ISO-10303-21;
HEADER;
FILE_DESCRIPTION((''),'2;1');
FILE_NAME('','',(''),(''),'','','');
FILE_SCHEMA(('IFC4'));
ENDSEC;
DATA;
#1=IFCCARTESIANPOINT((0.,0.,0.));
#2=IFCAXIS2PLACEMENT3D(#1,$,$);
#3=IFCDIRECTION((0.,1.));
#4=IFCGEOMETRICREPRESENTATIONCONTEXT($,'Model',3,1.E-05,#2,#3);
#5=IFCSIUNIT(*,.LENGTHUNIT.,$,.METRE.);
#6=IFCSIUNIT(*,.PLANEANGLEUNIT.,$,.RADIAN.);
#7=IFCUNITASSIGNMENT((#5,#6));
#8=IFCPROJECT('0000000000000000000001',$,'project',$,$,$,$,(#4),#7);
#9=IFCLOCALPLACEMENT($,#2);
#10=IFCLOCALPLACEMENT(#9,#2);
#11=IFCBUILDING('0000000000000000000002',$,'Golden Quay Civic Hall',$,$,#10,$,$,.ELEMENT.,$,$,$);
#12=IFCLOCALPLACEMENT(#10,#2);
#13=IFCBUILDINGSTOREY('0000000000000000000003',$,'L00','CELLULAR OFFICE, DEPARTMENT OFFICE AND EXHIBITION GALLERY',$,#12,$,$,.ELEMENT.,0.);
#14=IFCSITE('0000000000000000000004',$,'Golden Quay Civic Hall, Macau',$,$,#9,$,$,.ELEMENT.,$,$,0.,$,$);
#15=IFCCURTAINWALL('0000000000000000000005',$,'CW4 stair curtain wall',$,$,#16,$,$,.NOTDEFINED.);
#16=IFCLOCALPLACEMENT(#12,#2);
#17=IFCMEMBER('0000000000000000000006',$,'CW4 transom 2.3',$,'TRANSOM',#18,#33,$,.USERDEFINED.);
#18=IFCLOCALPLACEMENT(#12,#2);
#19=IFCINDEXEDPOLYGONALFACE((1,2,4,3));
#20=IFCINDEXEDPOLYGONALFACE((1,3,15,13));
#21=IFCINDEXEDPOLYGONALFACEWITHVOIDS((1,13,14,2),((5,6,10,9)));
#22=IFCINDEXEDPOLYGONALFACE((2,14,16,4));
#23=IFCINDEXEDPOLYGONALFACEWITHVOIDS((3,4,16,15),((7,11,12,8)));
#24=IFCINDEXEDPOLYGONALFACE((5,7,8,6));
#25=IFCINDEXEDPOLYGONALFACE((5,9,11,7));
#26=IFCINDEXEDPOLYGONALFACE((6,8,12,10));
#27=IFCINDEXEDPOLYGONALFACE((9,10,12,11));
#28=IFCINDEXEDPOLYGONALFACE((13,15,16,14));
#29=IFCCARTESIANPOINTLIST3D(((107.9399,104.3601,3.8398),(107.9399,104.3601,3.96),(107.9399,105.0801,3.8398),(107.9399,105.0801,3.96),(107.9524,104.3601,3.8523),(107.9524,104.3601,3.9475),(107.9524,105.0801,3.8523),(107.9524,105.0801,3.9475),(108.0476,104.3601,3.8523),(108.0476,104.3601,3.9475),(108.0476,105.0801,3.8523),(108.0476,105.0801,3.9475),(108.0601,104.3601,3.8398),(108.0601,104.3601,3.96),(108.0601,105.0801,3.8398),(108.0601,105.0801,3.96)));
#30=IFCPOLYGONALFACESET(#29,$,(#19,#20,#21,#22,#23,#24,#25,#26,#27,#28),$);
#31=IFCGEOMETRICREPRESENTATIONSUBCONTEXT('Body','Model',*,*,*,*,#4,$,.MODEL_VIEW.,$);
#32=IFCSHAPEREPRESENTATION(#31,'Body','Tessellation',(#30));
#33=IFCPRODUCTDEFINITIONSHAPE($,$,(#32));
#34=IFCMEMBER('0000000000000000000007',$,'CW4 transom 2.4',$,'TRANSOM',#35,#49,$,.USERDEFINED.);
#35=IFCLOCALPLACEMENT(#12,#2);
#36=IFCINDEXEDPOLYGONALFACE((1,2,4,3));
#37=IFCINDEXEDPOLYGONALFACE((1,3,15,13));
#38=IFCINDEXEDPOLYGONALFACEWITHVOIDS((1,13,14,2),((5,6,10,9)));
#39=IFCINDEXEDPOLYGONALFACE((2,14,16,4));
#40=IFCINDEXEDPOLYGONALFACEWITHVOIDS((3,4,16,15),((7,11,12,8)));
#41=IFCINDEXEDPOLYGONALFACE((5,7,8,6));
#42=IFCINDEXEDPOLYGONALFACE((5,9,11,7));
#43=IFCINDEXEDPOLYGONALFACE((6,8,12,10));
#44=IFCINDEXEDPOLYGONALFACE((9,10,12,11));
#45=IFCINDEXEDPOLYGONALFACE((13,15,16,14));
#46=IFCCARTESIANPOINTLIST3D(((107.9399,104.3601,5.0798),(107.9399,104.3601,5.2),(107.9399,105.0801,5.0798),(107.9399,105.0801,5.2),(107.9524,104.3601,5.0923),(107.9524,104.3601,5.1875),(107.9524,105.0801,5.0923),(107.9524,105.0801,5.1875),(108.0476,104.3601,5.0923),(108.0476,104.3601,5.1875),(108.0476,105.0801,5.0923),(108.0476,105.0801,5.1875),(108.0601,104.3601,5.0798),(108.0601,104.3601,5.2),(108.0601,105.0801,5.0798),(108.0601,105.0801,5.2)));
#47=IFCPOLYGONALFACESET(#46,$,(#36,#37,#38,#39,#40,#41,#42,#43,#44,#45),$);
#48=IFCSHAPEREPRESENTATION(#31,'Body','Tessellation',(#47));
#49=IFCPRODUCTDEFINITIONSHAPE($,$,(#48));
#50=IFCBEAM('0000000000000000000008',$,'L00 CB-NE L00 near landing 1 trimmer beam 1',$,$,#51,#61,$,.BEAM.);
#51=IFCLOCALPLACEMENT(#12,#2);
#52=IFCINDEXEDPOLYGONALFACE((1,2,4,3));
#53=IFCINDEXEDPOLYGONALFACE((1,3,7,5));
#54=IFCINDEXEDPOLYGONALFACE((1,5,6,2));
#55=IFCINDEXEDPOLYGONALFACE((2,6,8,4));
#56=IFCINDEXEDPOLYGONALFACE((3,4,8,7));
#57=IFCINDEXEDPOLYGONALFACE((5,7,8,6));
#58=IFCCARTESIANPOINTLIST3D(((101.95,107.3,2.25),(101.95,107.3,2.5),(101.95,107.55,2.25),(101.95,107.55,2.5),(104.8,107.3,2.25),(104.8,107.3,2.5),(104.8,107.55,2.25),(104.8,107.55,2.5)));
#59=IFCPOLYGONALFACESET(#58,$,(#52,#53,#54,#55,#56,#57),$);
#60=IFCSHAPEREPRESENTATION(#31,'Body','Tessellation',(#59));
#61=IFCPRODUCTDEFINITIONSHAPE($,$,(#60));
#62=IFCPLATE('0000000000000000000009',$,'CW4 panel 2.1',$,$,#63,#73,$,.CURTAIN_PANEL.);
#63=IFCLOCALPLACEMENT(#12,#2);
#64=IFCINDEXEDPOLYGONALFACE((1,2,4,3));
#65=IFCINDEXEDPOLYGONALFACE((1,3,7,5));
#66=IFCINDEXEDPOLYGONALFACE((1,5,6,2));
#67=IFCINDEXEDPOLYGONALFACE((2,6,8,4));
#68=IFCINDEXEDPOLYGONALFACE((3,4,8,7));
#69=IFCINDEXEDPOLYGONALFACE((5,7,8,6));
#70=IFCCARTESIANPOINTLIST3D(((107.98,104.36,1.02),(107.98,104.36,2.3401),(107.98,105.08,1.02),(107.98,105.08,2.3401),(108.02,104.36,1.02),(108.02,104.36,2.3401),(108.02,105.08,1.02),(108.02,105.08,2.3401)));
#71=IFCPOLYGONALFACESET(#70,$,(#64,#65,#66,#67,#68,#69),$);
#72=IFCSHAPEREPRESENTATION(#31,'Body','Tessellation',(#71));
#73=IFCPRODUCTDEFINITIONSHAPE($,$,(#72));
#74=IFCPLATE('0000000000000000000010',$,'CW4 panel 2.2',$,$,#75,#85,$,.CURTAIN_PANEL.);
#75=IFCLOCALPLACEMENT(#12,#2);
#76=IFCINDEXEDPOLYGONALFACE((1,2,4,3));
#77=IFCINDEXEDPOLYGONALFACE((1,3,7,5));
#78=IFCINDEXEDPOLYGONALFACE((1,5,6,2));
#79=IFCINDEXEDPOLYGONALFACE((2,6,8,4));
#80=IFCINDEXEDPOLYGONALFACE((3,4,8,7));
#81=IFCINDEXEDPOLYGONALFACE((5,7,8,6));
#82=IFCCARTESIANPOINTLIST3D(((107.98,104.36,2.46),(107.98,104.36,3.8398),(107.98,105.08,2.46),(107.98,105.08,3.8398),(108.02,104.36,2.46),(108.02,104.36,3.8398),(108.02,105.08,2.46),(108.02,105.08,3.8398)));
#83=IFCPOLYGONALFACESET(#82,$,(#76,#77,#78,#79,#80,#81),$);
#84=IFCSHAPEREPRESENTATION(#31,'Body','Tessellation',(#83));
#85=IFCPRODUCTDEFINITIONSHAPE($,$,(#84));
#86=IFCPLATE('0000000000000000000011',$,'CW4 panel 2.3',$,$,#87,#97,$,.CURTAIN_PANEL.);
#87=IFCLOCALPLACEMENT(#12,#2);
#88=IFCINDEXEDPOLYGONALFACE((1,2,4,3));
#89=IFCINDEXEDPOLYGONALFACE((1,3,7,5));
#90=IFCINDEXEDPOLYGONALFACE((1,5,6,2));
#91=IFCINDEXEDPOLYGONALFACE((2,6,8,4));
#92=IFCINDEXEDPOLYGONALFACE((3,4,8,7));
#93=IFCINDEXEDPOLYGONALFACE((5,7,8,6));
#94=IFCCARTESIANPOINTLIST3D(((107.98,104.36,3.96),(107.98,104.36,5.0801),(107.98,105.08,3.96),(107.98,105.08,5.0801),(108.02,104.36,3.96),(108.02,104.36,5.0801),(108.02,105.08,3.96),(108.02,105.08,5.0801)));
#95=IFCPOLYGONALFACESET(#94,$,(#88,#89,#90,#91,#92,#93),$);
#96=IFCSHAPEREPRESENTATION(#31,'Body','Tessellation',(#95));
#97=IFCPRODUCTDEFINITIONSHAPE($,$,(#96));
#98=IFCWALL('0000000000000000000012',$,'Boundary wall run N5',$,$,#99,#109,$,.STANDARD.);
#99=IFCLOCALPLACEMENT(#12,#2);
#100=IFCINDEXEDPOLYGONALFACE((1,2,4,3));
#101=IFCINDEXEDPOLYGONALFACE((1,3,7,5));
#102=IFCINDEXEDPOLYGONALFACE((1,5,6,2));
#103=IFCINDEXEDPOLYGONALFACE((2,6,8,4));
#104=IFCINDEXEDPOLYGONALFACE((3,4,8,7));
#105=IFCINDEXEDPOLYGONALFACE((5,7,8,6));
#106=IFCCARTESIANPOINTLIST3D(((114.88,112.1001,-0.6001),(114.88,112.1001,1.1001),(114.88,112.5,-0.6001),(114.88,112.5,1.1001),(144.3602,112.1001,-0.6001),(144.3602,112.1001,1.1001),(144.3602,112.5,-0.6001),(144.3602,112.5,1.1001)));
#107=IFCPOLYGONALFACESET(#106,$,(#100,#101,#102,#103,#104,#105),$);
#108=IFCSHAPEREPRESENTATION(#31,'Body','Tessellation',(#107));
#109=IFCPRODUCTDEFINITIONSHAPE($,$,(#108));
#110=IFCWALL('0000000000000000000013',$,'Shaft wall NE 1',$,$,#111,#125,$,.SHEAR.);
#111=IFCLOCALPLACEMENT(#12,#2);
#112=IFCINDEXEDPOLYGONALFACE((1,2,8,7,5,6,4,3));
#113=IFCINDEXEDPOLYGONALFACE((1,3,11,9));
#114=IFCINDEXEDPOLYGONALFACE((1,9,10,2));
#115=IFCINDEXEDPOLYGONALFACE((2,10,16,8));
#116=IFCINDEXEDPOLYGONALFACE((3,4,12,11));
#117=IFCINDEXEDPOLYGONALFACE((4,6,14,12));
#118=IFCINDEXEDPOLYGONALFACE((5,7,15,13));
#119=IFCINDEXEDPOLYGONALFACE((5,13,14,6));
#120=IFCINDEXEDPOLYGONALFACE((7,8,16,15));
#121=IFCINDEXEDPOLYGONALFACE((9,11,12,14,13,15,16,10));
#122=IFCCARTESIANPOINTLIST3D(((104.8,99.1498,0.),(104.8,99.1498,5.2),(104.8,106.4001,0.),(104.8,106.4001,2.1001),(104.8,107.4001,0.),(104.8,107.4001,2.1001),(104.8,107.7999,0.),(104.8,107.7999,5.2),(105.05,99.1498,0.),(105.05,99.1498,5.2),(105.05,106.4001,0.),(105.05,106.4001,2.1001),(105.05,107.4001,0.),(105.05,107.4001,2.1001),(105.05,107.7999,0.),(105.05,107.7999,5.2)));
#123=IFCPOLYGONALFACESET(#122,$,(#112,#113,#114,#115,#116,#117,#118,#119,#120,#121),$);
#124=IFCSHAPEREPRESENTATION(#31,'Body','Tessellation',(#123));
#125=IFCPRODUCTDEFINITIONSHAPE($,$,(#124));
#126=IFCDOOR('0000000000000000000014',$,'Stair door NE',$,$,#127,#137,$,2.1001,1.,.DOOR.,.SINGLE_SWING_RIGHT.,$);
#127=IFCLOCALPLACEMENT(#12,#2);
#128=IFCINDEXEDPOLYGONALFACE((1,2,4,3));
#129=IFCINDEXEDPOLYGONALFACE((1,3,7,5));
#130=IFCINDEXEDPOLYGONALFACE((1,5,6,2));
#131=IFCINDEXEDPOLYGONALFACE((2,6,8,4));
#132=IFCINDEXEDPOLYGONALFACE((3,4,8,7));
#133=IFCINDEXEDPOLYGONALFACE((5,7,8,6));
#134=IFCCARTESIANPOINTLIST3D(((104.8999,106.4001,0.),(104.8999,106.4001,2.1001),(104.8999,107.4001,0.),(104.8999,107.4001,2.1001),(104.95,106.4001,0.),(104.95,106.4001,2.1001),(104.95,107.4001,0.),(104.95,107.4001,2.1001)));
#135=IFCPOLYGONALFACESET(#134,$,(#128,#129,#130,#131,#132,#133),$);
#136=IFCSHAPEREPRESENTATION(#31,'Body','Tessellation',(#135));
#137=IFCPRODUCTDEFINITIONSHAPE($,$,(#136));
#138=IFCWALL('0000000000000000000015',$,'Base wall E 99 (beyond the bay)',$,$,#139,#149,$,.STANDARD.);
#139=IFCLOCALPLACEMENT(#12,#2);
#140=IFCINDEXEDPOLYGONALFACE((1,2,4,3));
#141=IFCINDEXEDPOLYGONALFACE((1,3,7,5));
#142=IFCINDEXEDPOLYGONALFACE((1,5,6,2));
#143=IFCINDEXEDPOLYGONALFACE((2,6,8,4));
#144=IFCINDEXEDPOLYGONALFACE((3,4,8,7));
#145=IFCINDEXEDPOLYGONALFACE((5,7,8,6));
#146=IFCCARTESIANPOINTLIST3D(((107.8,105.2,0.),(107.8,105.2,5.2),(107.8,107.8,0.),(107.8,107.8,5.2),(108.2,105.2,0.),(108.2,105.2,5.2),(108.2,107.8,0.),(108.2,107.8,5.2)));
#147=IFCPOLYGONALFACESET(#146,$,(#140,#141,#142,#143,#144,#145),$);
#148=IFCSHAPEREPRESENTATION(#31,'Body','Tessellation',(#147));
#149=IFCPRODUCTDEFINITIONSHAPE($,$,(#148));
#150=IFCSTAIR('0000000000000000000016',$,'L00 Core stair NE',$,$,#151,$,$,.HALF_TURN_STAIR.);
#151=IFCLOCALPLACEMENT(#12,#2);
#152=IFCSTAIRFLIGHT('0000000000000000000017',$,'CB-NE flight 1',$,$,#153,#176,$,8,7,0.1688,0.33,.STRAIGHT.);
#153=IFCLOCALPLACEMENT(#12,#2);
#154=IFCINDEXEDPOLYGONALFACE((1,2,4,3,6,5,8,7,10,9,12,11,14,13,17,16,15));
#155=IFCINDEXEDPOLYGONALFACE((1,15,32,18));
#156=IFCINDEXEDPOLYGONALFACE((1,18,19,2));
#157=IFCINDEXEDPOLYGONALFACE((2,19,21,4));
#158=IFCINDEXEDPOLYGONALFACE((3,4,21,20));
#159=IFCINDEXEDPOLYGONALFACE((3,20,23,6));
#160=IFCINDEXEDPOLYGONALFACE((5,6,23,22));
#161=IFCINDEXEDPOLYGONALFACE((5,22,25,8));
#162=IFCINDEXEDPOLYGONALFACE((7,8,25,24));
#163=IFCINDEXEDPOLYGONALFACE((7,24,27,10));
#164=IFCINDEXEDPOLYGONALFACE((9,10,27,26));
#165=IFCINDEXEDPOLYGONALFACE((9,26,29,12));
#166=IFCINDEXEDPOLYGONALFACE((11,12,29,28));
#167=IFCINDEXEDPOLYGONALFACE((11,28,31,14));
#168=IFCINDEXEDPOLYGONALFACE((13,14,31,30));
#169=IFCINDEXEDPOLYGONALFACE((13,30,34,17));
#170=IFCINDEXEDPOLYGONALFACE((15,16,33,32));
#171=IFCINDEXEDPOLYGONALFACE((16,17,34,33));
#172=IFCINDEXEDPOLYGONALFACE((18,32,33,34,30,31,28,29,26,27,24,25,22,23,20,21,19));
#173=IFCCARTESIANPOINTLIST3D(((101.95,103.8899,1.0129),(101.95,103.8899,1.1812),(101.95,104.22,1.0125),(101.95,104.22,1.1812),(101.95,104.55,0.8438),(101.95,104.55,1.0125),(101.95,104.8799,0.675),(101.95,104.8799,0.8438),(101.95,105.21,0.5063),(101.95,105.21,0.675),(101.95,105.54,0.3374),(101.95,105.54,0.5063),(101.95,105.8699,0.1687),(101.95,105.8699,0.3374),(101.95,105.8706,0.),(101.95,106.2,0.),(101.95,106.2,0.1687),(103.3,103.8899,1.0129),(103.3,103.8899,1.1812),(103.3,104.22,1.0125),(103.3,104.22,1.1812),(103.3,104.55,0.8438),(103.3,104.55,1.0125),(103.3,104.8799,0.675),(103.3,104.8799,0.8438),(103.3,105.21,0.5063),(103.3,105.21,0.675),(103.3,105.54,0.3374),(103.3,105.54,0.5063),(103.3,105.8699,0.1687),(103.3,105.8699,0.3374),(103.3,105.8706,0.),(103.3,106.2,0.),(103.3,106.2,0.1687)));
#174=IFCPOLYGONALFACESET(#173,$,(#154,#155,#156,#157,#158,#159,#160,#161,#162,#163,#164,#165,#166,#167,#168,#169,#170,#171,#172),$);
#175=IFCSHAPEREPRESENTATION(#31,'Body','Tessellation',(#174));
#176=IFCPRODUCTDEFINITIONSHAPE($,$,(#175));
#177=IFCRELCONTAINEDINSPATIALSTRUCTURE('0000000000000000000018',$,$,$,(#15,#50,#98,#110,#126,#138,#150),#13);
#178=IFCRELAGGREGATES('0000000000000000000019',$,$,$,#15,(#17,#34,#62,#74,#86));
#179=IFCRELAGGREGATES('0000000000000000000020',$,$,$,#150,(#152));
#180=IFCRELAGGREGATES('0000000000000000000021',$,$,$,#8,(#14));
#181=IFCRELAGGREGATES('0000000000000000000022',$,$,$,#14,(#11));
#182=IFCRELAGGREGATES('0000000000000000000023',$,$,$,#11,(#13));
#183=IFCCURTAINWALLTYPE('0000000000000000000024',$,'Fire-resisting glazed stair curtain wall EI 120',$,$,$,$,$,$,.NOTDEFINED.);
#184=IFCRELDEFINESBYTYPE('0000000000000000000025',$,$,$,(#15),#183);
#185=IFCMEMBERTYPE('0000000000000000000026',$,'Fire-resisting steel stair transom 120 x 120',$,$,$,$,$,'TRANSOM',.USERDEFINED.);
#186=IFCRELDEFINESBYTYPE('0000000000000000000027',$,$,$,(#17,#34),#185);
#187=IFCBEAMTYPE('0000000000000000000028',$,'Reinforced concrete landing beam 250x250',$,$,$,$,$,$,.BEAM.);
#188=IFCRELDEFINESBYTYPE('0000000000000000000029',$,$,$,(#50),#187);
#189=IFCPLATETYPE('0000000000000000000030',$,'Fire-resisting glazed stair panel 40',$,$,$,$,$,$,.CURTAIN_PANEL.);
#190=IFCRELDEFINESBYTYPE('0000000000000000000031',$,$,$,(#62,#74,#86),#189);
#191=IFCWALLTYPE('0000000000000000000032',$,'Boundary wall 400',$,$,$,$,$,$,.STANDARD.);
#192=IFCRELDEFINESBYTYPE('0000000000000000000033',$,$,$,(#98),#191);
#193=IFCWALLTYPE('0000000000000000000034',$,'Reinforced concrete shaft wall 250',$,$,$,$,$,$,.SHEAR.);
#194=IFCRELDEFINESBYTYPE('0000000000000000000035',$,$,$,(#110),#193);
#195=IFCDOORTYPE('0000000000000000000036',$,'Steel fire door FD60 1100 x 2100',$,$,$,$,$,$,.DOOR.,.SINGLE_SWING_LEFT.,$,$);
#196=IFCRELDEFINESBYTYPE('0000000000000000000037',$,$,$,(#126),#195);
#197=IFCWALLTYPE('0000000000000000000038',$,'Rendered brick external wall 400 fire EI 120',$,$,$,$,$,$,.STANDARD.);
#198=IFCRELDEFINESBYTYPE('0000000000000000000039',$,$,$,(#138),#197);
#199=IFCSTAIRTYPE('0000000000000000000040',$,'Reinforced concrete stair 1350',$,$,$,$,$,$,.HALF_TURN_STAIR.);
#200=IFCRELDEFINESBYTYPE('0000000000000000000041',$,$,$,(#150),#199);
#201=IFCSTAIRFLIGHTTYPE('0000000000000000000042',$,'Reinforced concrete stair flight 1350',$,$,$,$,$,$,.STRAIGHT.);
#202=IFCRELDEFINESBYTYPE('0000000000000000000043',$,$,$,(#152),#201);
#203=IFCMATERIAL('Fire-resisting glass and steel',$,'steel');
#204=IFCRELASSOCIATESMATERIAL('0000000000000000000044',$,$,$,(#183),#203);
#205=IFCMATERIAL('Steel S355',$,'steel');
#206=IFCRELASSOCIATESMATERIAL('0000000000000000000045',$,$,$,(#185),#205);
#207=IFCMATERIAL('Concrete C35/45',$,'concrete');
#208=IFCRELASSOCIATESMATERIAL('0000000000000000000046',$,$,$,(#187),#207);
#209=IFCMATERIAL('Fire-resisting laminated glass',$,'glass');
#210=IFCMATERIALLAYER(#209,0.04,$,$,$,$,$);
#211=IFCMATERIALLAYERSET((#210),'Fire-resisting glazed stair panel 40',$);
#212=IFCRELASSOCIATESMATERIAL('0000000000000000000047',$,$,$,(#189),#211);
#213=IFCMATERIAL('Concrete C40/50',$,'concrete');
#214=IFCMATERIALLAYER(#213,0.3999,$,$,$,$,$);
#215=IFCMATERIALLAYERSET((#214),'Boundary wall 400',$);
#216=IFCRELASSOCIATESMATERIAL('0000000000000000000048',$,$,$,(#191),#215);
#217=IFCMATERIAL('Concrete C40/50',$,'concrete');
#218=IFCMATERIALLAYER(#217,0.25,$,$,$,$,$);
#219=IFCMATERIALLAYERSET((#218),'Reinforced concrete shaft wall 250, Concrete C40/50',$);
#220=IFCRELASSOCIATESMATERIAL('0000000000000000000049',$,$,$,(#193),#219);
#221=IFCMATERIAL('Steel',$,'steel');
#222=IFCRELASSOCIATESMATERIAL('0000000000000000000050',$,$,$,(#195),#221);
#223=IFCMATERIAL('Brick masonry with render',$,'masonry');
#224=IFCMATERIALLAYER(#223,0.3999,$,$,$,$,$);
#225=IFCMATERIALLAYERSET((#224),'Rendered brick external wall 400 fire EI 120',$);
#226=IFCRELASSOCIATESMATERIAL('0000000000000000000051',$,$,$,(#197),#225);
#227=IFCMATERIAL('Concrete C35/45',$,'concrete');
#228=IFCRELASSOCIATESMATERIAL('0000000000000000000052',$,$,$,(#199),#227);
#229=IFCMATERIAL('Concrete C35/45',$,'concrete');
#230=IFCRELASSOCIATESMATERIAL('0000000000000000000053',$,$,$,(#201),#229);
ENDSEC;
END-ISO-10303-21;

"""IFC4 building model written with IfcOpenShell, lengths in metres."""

from ifc_helpers import new_model, si_unit, direction, frame, frame_2d, origin, origin_2d, place, context, subcontext, project, spatial, polyline, rectangle, hollow_rectangle, outline, extrude, material, layer, layer_set, material_profile, profile_set, type_object, element, fill, aggregate, save


model = new_model("IFC4")

# Units and contexts
model_context = context("Model", 3, precision=1e-05, world=origin(), true_north=direction((0.0, 1.0)))
body_context = subcontext(model_context, "Body", "Model", "MODEL_VIEW")
ifc_project = project(units=[si_unit("LENGTHUNIT", "METRE"), si_unit("PLANEANGLEUNIT", "RADIAN")], contexts=[model_context])

# Site, building, storey
site_placement = place(None, origin())
site = spatial("IfcSite", under=ifc_project, at=site_placement, Name="Golden Quay Civic Hall, Macau", CompositionType="ELEMENT", RefElevation=0.0)
building_placement = place(site_placement, origin())
building = spatial("IfcBuilding", under=site, at=building_placement, Name="Golden Quay Civic Hall", CompositionType="ELEMENT")
storey_placement = place(building_placement, origin())
storey = spatial("IfcBuildingStorey", under=building, at=storey_placement, Name="L00", Description="CELLULAR OFFICE, DEPARTMENT OFFICE AND EXHIBITION GALLERY", CompositionType="ELEMENT", Elevation=0.0)

# Curtain wall, members
ifc_material_1 = material(Name="Fire-resisting glass and steel", Category="steel")
curtain_wall_type = type_object("IfcCurtainWallType", Name="Fire-resisting glazed stair curtain wall EI 120", PredefinedType="NOTDEFINED", material=ifc_material_1)
curtain_wall_placement = place(storey_placement, origin())
curtain_wall = element("IfcCurtainWall", 1, at=curtain_wall_placement, inside=storey, type_object=curtain_wall_type, Name="CW4 stair curtain wall", PredefinedType="NOTDEFINED")
ifc_material_2 = material(Name="Steel S355", Category="steel")
ifc_material_profile_1 = material_profile(ifc_material_2, hollow_rectangle(XDim=0.1201, YDim=0.1201, WallThickness=0.0125, at=origin_2d()), Name="SHS 120x120x12.5")
ifc_profile_set_1 = profile_set([ifc_material_profile_1], Name="Steel S355")
member_type_1 = type_object("IfcMemberType", Name="Fire-resisting steel stair transom 120 x 120", ElementType="TRANSOM", PredefinedType="USERDEFINED", material=ifc_profile_set_1)
member_1_placement = place(storey_placement, frame((108.0, 104.3601, 3.8999), z_axis=(0.0, 1.0, 0.0), x_axis=(-1.0, 0.0, 0.0)))
member_1 = element("IfcMember", 2, at=member_1_placement, type_object=member_type_1, Name="CW4 transom 2.3", ObjectType="TRANSOM", PredefinedType="USERDEFINED", context=body_context, shape_type="SweptSolid", body=[
    extrude(hollow_rectangle(XDim=0.1201, YDim=0.1201, WallThickness=0.0125, at=origin_2d()), origin(), (0.0, 0.0, 1.0), 0.72),
])
member_2_placement = place(storey_placement, frame((108.0, 104.3601, 5.1399), z_axis=(0.0, 1.0, 0.0), x_axis=(-1.0, 0.0, 0.0)))
member_2 = element("IfcMember", 3, at=member_2_placement, type_object=member_type_1, Name="CW4 transom 2.4", ObjectType="TRANSOM", PredefinedType="USERDEFINED", context=body_context, shape_type="SweptSolid", body=[
    extrude(hollow_rectangle(XDim=0.1201, YDim=0.1201, WallThickness=0.0125, at=origin_2d()), origin(), (0.0, 0.0, 1.0), 0.72),
])

# Beam
ifc_material_3 = material(Name="Concrete C35/45", Category="concrete")
ifc_material_profile_2 = material_profile(ifc_material_3, rectangle(XDim=0.25, YDim=0.25, at=origin_2d()), Name="RC 250x250")
ifc_profile_set_2 = profile_set([ifc_material_profile_2], Name="Concrete C35/45")
beam_type = type_object("IfcBeamType", Name="Reinforced concrete landing beam 250x250", PredefinedType="BEAM", material=ifc_profile_set_2)
beam_placement = place(storey_placement, frame((101.95, 107.425, 2.375), z_axis=(1.0, 0.0, 0.0), x_axis=(0.0, 1.0, 0.0)))
element("IfcBeam", 4, at=beam_placement, inside=storey, type_object=beam_type, Name="L00 CB-NE L00 near landing 1 trimmer beam 1", PredefinedType="BEAM", context=body_context, shape_type="SweptSolid", body=[
    extrude(rectangle(XDim=0.25, YDim=0.25, at=origin_2d()), origin(), (0.0, 0.0, 1.0), 2.8501),
])

# Plates
ifc_material_4 = material(Name="Fire-resisting laminated glass", Category="glass")
ifc_layer_1 = layer(ifc_material_4, 0.04)
ifc_layer_set_1 = layer_set([ifc_layer_1], Name="Fire-resisting glazed stair panel 40")
plate_type = type_object("IfcPlateType", Name="Fire-resisting glazed stair panel 40", PredefinedType="CURTAIN_PANEL", material=ifc_layer_set_1)
plate_1_placement = place(storey_placement, frame((108.0, 104.72, 1.02), z_axis=(0.0, 0.0, 1.0), x_axis=(0.0, 1.0, 0.0)))
plate_1 = element("IfcPlate", 5, at=plate_1_placement, type_object=plate_type, Name="CW4 panel 2.1", PredefinedType="CURTAIN_PANEL", context=body_context, shape_type="SweptSolid", body=[
    extrude(rectangle(XDim=0.72, YDim=0.04, at=origin_2d()), origin(), (0.0, 0.0, 1.0), 1.3201),
])
plate_2_placement = place(storey_placement, frame((108.0, 104.72, 2.46), z_axis=(0.0, 0.0, 1.0), x_axis=(0.0, 1.0, 0.0)))
plate_2 = element("IfcPlate", 6, at=plate_2_placement, type_object=plate_type, Name="CW4 panel 2.2", PredefinedType="CURTAIN_PANEL", context=body_context, shape_type="SweptSolid", body=[
    extrude(rectangle(XDim=0.72, YDim=0.04, at=origin_2d()), origin(), (0.0, 0.0, 1.0), 1.3799),
])
plate_3_placement = place(storey_placement, frame((108.0, 104.72, 3.96), z_axis=(0.0, 0.0, 1.0), x_axis=(0.0, 1.0, 0.0)))
plate_3 = element("IfcPlate", 7, at=plate_3_placement, type_object=plate_type, Name="CW4 panel 2.3", PredefinedType="CURTAIN_PANEL", context=body_context, shape_type="SweptSolid", body=[
    extrude(rectangle(XDim=0.72, YDim=0.04, at=origin_2d()), origin(), (0.0, 0.0, 1.0), 1.1201),
])
aggregate(curtain_wall, [member_1, member_2, plate_1, plate_2, plate_3])

# Wall
ifc_material_5 = material(Name="Concrete C40/50", Category="concrete")
ifc_layer_2 = layer(ifc_material_5, 0.3999)
ifc_layer_set_2 = layer_set([ifc_layer_2], Name="Boundary wall 400")
wall_type_1 = type_object("IfcWallType", Name="Boundary wall 400", PredefinedType="STANDARD", material=ifc_layer_set_2)
wall_1_placement = place(storey_placement, frame((114.8799, 112.3, -0.6001), z_axis=(0.0, 0.0, 1.0), x_axis=(1.0, 0.0, 0.0)))
element("IfcWall", 8, at=wall_1_placement, inside=storey, type_object=wall_type_1, Name="Boundary wall run N5", PredefinedType="STANDARD", context=body_context, shape_type="SweptSolid", body=[
    extrude(rectangle(XDim=29.4802, YDim=0.3999, at=frame_2d((14.7402, 0.0))), origin(), (0.0, 0.0, 1.0), 1.7002),
])

# Wall, opening, door
ifc_material_6 = material(Name="Concrete C40/50", Category="concrete")
ifc_layer_3 = layer(ifc_material_6, 0.25)
ifc_layer_set_3 = layer_set([ifc_layer_3], Name="Reinforced concrete shaft wall 250, Concrete C40/50")
wall_type_2 = type_object("IfcWallType", Name="Reinforced concrete shaft wall 250", PredefinedType="SHEAR", material=ifc_layer_set_3)
wall_2_placement = place(storey_placement, frame((104.925, 107.8, 0.0), z_axis=(0.0, 0.0, 1.0), x_axis=(0.0, -1.0, 0.0)))
wall_2 = element("IfcWall", 9, at=wall_2_placement, inside=storey, type_object=wall_type_2, Name="Shaft wall NE 1", PredefinedType="SHEAR", context=body_context, shape_type="SweptSolid", body=[
    extrude(rectangle(XDim=8.6501, YDim=0.25, at=frame_2d((4.3252, 0.0))), origin(), (0.0, 0.0, 1.0), 5.2),
])
opening_placement = place(wall_2_placement, frame((0.3999, 0.0, 0.0)))
opening = element("IfcOpeningElement", 10, at=opening_placement, cuts=wall_2, PredefinedType="OPENING", context=body_context, shape_type="SweptSolid", body=[
    extrude(rectangle(XDim=1.0, YDim=2.1001, at=frame_2d((0.5, 1.05))), frame((0.0, 0.135, 0.0), z_axis=(0.0, -1.0, 0.0), x_axis=(1.0, 0.0, 0.0)), (0.0, 0.0, 1.0), 0.27),
])
ifc_material_7 = material(Name="Steel", Category="steel")
door_type = type_object("IfcDoorType", Name="Steel fire door FD60 1100 x 2100", OperationType="SINGLE_SWING_LEFT", PredefinedType="DOOR", material=ifc_material_7)
door_placement = place(opening_placement, frame((1.0, 0.0, 0.0), z_axis=(0.0, 0.0, 1.0), x_axis=(-1.0, 0.0, 0.0)))
door = element("IfcDoor", 11, at=door_placement, inside=storey, type_object=door_type, Name="Stair door NE", OperationType="SINGLE_SWING_RIGHT", OverallHeight=2.1001, OverallWidth=1.0, PredefinedType="DOOR", context=body_context, shape_type="SweptSolid", body=[
    extrude(rectangle(XDim=1.0, YDim=2.1001, at=frame_2d((0.5, 1.05))), frame((0.0, 0.0251, 0.0), z_axis=(0.0, -1.0, 0.0), x_axis=(1.0, 0.0, 0.0)), (0.0, 0.0, 1.0), 0.05),
])
fill(opening, door)

# Wall
ifc_material_8 = material(Name="Brick masonry with render", Category="masonry")
ifc_layer_4 = layer(ifc_material_8, 0.3999)
ifc_layer_set_4 = layer_set([ifc_layer_4], Name="Rendered brick external wall 400 fire EI 120")
wall_type_3 = type_object("IfcWallType", Name="Rendered brick external wall 400 fire EI 120", PredefinedType="STANDARD", material=ifc_layer_set_4)
wall_3_placement = place(storey_placement, frame((108.0, 105.2, 0.0), z_axis=(0.0, 0.0, 1.0), x_axis=(0.0, 1.0, 0.0)))
element("IfcWall", 12, at=wall_3_placement, inside=storey, type_object=wall_type_3, Name="Base wall E 99 (beyond the bay)", PredefinedType="STANDARD", context=body_context, shape_type="SweptSolid", body=[
    extrude(rectangle(XDim=2.6001, YDim=0.3999, at=frame_2d((1.3, 0.0))), origin(), (0.0, 0.0, 1.0), 5.2),
])

# Stair, stair flight
ifc_material_9 = material(Name="Concrete C35/45", Category="concrete")
stair_type = type_object("IfcStairType", Name="Reinforced concrete stair 1350", PredefinedType="HALF_TURN_STAIR", material=ifc_material_9)
stair_placement = place(storey_placement, origin())
stair = element("IfcStair", 13, at=stair_placement, inside=storey, type_object=stair_type, Name="L00 Core stair NE", PredefinedType="HALF_TURN_STAIR")
ifc_material_10 = material(Name="Concrete C35/45", Category="concrete")
stair_flight_type = type_object("IfcStairFlightType", Name="Reinforced concrete stair flight 1350", PredefinedType="STRAIGHT", material=ifc_material_10)
stair_flight_1_placement = place(storey_placement, frame((102.625, 106.2, 0.0), z_axis=(0.0, 0.0, 1.0), x_axis=(0.0, -1.0, 0.0)))
stair_flight_1 = element("IfcStairFlight", 14, at=stair_flight_1_placement, type_object=stair_flight_type, Name="CB-NE flight 1", NumberOfRisers=8, NumberOfTreads=7, PredefinedType="STRAIGHT", RiserHeight=0.1688, TreadLength=0.33, context=body_context, shape_type="SweptSolid", body=[
    extrude(outline(polyline([(0.0, 0.0), (0.0, 0.1687), (0.3301, 0.1687), (0.3301, 0.3374), (0.6599, 0.3374), (0.6599, 0.5063), (0.99, 0.5063), (0.99, 0.675), (1.3201, 0.675), (1.3201, 0.8438), (1.6499, 0.8438), (1.6499, 1.0125), (1.98, 1.0125), (1.98, 1.1812), (2.3101, 1.1812), (2.3101, 1.3501), (2.3101, 1.0129), (0.3293, 0.0), (0.0, 0.0)])), frame((0.0, 0.675, 0.0), z_axis=(0.0, -1.0, 0.0), x_axis=(1.0, 0.0, 0.0)), (0.0, 0.0, 1.0), 1.35),
])
aggregate(stair, [stair_flight_1])

save(model, "model.ifc")
